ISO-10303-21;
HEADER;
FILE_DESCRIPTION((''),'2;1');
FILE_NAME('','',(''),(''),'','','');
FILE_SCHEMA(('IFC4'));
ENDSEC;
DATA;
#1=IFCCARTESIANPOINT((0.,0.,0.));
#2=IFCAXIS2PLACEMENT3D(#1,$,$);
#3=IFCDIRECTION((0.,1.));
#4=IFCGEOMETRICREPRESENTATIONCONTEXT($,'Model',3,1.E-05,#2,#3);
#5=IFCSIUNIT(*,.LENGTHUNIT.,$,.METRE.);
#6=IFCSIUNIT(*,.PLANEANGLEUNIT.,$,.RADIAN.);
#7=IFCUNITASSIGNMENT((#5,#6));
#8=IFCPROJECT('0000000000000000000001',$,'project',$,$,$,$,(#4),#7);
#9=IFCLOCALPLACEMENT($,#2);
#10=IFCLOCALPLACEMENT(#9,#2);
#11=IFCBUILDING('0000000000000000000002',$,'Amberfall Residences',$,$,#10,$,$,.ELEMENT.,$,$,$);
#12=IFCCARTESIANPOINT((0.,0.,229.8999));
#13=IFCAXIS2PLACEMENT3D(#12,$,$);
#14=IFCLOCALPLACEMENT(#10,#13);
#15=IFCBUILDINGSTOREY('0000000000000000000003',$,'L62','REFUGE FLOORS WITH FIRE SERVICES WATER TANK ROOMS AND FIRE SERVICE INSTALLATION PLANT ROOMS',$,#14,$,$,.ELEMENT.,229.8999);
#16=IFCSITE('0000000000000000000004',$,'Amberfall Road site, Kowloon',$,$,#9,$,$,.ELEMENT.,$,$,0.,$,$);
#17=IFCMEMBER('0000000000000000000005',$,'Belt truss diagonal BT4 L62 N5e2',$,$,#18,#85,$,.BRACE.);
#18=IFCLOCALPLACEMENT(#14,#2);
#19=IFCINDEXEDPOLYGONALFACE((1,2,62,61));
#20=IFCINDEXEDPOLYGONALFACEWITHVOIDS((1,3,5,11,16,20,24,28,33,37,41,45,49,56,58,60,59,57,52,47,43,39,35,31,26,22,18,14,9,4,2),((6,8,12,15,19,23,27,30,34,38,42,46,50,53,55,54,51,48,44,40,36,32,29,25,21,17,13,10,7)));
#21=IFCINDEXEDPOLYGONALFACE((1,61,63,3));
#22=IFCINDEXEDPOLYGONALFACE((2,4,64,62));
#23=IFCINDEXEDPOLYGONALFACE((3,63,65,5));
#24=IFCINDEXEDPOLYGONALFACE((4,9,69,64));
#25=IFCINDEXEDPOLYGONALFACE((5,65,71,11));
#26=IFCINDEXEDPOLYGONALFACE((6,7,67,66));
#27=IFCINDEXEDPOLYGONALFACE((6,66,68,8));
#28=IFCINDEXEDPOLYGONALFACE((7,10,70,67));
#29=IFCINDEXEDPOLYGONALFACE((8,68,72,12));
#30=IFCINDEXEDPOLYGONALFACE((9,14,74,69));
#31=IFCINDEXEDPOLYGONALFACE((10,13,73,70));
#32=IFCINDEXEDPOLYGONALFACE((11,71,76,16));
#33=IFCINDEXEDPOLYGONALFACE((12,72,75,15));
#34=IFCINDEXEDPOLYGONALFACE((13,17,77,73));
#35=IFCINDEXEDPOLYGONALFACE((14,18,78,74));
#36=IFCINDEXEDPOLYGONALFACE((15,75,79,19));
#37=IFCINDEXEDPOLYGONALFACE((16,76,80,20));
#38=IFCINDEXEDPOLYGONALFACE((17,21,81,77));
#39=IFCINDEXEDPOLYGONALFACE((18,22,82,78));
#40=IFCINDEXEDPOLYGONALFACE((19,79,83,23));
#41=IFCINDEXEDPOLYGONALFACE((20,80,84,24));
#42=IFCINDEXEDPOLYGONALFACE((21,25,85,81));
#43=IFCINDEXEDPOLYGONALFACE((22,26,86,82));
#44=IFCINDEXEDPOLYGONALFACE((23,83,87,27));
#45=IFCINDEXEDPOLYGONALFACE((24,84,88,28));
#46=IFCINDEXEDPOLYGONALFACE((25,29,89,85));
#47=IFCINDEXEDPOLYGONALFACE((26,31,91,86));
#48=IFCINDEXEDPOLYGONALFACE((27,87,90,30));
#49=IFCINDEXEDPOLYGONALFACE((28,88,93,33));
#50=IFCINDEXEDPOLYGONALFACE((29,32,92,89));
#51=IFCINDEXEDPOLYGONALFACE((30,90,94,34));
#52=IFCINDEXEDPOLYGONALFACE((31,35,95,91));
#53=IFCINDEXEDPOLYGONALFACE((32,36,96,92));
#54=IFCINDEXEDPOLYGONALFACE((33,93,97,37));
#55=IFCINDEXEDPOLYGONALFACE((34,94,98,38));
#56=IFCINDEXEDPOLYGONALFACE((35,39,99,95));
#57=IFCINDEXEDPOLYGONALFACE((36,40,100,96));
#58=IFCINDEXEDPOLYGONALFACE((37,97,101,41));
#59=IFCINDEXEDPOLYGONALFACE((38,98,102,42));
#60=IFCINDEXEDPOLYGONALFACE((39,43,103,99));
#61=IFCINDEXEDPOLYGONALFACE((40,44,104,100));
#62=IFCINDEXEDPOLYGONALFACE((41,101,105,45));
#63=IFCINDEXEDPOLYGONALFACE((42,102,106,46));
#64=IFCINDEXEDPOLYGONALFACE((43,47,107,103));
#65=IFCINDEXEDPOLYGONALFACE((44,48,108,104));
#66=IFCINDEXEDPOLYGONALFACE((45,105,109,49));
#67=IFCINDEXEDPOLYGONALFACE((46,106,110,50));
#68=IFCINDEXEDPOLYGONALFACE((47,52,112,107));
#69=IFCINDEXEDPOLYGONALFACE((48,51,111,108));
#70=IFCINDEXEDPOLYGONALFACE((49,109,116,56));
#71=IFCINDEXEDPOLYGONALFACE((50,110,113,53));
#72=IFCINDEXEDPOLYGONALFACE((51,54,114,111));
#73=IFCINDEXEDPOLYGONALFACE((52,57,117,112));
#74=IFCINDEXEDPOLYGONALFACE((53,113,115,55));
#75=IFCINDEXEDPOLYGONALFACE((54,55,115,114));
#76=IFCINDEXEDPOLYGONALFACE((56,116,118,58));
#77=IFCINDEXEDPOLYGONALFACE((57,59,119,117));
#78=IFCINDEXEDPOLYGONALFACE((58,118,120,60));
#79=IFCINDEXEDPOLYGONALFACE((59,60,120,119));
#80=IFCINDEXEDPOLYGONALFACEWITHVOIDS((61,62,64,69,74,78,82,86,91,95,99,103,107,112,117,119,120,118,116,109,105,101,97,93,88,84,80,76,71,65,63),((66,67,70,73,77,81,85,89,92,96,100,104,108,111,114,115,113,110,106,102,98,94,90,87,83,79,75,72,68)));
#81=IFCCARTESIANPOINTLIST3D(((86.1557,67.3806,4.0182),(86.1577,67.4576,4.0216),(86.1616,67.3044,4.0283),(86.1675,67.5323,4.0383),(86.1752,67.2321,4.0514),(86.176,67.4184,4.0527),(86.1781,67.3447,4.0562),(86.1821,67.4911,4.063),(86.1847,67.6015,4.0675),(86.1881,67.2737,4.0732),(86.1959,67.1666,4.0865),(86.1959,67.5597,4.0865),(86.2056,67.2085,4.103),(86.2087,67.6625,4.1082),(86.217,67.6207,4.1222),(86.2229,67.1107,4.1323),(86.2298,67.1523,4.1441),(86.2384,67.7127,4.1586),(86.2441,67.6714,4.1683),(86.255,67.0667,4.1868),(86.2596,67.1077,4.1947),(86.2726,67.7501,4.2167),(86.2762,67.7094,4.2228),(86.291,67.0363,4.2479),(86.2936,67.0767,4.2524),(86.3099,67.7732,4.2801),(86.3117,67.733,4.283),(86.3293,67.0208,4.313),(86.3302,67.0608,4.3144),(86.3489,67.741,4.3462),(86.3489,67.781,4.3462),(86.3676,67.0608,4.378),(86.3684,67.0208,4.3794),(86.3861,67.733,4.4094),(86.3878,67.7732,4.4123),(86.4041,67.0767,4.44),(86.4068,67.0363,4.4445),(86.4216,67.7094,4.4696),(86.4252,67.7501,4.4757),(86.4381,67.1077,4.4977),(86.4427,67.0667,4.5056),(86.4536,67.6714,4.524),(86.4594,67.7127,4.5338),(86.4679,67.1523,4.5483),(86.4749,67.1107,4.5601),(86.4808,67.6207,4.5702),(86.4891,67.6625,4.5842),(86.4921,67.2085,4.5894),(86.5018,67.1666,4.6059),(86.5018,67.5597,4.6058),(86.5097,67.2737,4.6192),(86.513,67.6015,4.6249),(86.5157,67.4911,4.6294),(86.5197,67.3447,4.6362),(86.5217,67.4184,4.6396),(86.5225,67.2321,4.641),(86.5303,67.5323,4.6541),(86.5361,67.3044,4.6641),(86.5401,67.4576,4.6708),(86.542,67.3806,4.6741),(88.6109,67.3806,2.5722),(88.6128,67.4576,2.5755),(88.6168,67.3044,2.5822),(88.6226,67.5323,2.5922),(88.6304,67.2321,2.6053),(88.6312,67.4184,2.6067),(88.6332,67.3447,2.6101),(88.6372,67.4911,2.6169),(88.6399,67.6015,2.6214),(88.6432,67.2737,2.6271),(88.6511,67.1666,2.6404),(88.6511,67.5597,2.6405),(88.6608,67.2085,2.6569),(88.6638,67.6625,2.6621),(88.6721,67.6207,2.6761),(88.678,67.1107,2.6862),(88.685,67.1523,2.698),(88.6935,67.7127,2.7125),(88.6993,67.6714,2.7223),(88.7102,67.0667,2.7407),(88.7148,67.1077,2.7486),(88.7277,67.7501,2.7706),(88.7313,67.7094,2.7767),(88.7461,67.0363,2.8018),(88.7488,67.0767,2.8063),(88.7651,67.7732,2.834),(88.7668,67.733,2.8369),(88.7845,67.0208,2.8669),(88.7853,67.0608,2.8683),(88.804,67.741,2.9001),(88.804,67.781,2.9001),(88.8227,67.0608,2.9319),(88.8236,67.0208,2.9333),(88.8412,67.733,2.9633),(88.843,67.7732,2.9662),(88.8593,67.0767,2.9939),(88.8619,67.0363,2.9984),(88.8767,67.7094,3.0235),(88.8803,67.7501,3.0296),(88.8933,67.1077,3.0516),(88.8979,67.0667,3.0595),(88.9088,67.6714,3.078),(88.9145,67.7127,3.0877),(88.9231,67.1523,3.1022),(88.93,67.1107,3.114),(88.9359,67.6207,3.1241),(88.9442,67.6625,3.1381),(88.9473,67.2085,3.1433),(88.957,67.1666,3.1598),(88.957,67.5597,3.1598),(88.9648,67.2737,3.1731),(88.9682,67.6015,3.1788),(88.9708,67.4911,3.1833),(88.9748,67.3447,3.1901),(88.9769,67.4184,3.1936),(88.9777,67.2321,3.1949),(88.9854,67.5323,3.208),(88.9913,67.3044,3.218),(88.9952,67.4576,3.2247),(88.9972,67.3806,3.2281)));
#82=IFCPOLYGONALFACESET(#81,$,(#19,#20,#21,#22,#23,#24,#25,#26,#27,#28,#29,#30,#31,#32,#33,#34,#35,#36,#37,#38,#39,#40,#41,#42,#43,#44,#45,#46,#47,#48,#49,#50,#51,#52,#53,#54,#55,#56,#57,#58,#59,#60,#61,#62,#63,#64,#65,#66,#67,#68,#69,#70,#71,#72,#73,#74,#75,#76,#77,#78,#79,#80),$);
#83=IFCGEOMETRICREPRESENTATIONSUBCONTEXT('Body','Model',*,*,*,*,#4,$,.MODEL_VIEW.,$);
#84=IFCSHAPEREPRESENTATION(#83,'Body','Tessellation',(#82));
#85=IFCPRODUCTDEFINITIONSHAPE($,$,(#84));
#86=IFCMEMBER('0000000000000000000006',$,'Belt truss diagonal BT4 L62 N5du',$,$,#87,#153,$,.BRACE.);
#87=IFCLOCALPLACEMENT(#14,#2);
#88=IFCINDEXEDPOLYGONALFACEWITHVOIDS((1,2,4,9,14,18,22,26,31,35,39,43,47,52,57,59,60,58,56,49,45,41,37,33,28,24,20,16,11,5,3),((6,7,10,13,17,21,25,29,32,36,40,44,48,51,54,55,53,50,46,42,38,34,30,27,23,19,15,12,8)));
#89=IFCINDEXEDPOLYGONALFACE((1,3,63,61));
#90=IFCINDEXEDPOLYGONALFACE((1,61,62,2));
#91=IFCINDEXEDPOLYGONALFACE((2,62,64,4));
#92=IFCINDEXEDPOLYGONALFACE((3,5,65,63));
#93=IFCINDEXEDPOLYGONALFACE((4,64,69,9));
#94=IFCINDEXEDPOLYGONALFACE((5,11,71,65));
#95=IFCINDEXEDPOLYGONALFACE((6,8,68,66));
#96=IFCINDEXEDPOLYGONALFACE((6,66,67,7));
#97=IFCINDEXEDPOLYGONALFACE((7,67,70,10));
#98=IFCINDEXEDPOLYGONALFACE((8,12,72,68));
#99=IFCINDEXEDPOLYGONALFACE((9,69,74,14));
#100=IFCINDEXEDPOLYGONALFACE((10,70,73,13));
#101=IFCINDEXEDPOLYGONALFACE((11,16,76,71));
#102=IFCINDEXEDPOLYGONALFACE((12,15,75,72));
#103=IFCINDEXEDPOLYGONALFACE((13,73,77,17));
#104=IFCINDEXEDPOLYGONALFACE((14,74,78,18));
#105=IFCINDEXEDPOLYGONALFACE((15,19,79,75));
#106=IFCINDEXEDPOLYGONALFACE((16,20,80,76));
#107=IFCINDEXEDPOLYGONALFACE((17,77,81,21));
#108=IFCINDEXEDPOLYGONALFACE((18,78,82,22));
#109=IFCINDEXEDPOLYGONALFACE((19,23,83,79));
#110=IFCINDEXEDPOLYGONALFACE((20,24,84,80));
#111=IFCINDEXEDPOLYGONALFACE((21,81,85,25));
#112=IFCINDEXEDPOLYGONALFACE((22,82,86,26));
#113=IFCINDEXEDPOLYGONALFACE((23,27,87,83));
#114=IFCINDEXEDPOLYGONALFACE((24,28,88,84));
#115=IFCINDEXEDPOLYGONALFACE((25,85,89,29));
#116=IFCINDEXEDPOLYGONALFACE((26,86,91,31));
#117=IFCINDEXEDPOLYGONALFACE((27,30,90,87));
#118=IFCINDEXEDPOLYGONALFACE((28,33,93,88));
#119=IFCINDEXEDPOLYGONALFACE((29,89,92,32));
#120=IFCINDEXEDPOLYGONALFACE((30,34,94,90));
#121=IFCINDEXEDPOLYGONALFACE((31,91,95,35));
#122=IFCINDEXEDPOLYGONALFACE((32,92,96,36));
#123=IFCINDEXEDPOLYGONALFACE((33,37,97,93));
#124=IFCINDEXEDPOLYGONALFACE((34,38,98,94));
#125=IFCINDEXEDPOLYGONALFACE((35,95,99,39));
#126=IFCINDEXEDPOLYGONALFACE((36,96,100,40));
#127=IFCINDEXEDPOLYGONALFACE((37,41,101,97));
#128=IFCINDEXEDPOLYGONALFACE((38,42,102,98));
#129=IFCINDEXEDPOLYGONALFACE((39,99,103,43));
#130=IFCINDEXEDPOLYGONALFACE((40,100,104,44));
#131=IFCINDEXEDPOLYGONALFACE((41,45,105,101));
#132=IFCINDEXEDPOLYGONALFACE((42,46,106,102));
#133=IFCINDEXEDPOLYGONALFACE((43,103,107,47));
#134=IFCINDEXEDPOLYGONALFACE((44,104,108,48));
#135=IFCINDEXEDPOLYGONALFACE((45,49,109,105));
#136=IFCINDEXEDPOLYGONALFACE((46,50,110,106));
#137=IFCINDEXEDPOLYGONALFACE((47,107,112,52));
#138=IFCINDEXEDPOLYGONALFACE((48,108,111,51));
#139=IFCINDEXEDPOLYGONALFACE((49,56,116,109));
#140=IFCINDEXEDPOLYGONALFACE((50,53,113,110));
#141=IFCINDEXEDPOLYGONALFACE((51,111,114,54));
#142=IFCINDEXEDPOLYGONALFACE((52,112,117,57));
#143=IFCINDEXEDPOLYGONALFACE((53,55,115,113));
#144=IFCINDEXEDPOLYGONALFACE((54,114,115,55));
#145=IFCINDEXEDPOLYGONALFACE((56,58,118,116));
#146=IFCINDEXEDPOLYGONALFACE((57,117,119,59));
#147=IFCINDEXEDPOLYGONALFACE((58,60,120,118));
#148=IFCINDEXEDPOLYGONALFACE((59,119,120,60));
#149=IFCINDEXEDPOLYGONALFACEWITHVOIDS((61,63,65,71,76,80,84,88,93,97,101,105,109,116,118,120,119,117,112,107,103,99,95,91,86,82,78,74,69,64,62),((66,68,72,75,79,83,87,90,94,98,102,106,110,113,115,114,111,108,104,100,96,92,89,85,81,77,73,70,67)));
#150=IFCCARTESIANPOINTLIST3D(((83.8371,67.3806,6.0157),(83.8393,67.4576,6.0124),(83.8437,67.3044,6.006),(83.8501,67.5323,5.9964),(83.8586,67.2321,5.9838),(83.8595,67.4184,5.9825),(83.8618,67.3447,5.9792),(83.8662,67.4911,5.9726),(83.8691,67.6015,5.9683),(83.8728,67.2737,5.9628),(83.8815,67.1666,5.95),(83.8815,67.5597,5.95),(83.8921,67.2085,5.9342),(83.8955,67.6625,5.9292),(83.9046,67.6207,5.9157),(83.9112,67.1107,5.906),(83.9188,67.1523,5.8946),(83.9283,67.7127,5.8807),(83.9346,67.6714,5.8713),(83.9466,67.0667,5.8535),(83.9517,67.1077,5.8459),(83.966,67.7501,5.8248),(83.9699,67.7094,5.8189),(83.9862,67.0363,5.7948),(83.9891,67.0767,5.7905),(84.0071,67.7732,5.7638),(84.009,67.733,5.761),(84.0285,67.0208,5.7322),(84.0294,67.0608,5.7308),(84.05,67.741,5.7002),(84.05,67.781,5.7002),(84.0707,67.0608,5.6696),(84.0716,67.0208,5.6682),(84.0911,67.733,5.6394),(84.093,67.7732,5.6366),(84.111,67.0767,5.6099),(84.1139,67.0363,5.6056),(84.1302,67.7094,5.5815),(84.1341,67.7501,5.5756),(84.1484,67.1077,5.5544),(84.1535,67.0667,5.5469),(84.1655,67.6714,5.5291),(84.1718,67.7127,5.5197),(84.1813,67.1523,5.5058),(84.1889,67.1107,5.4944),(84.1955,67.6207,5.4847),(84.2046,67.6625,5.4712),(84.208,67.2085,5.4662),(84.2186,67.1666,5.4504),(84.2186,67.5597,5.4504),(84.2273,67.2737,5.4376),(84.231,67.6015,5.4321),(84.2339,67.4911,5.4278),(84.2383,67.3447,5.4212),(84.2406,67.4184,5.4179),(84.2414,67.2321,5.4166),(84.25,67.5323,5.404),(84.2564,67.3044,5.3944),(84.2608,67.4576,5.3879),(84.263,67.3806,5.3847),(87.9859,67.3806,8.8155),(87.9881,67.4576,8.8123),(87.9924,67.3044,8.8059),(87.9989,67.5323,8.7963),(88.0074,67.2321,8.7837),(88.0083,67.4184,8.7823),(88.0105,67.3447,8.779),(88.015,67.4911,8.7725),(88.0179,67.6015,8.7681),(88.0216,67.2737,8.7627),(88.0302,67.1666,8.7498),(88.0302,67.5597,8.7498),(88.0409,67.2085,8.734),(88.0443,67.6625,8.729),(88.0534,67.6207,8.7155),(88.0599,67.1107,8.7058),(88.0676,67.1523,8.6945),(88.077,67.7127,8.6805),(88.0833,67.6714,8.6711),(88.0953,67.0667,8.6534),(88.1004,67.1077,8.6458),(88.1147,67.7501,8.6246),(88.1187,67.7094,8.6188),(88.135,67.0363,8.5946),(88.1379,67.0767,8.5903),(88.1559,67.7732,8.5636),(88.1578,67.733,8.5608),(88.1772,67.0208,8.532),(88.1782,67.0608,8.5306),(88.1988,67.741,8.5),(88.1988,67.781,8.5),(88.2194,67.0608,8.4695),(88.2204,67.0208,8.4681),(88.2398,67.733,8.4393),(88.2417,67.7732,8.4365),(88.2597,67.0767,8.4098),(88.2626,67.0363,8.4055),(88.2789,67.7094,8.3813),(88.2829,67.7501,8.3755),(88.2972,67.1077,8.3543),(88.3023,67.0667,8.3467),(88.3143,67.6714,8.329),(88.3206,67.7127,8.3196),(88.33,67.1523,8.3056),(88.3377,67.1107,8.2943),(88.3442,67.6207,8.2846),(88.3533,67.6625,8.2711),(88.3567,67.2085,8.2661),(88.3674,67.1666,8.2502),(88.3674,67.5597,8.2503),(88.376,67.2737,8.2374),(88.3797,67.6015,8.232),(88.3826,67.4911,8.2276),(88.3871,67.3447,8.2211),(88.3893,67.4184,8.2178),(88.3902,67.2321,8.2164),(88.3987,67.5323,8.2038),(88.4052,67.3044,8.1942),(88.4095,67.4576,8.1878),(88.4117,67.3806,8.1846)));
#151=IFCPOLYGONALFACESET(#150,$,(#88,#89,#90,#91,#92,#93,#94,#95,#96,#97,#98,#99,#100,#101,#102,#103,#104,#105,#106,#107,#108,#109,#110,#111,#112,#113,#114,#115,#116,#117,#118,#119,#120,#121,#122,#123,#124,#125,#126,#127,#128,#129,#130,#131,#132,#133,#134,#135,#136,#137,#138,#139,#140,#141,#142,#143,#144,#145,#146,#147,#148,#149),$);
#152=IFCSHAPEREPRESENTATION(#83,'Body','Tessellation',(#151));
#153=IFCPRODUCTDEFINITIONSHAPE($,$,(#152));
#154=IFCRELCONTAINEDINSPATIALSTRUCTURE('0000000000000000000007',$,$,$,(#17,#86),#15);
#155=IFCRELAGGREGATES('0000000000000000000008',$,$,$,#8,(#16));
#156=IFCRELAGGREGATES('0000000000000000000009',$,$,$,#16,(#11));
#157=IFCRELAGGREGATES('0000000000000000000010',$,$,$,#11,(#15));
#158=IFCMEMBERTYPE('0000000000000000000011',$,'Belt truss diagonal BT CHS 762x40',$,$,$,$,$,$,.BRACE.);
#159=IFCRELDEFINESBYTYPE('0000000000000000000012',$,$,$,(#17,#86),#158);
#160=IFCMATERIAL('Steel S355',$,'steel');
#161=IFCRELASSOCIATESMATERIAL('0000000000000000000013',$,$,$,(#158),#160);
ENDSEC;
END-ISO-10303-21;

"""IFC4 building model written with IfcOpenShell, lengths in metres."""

from ifc_helpers import new_model, si_unit, direction, frame, origin, origin_2d, place, context, subcontext, project, spatial, hollow_circle, extrude, material, material_profile, profile_set, type_object, element, save


model = new_model("IFC4")

# Units and contexts
model_context = context("Model", 3, precision=1e-05, world=origin(), true_north=direction((0.0, 1.0)))
body_context = subcontext(model_context, "Body", "Model", "MODEL_VIEW")
ifc_project = project(units=[si_unit("LENGTHUNIT", "METRE"), si_unit("PLANEANGLEUNIT", "RADIAN")], contexts=[model_context])

# Site, building, storey
site_placement = place(None, origin())
site = spatial("IfcSite", under=ifc_project, at=site_placement, Name="Amberfall Road site, Kowloon", CompositionType="ELEMENT", RefElevation=0.0)
building_placement = place(site_placement, origin())
building = spatial("IfcBuilding", under=site, at=building_placement, Name="Amberfall Residences", CompositionType="ELEMENT")
storey_placement = place(building_placement, frame((0.0, 0.0, 229.8999)))
storey = spatial("IfcBuildingStorey", under=building, at=storey_placement, Name="L62", Description="REFUGE FLOORS WITH FIRE SERVICES WATER TANK ROOMS AND FIRE SERVICE INSTALLATION PLANT ROOMS", CompositionType="ELEMENT", Elevation=229.8999)

# Shared definitions
ifc_material_1 = material(Name="Steel S355", Category="steel")

# Members
ifc_material_profile_1 = material_profile(ifc_material_1, hollow_circle(Radius=0.3811, WallThickness=0.04, at=origin_2d()), Name="CHS 762x40")
ifc_profile_set_1 = profile_set([ifc_material_profile_1], Name="Steel S355")
member_type = type_object("IfcMemberType", Name="Belt truss diagonal BT CHS 762x40", PredefinedType="BRACE", material=ifc_profile_set_1)
member_1_placement = place(storey_placement, frame((86.3489, 67.3999, 4.3462), z_axis=(0.861646, 0.0, -0.507511), x_axis=(0.0, 1.0, 0.0)))
element("IfcMember", 1, at=member_1_placement, inside=storey, type_object=member_type, Name="Belt truss diagonal BT4 L62 N5e2", PredefinedType="BRACE", context=body_context, shape_type="SweptSolid", body=[
    extrude(hollow_circle(Radius=0.3811, WallThickness=0.04, at=origin_2d()), origin(), (0.0, 0.0, 1.0), 2.8494),
])
member_2_placement = place(storey_placement, frame((84.05, 67.3999, 5.7002), z_axis=(0.8289, 0.0, 0.559397), x_axis=(0.0, 1.0, 0.0)))
element("IfcMember", 2, at=member_2_placement, inside=storey, type_object=member_type, Name="Belt truss diagonal BT4 L62 N5du", PredefinedType="BRACE", context=body_context, shape_type="SweptSolid", body=[
    extrude(hollow_circle(Radius=0.3811, WallThickness=0.04, at=origin_2d()), origin(), (0.0, 0.0, 1.0), 5.0051),
])

save(model, "model.ifc")
